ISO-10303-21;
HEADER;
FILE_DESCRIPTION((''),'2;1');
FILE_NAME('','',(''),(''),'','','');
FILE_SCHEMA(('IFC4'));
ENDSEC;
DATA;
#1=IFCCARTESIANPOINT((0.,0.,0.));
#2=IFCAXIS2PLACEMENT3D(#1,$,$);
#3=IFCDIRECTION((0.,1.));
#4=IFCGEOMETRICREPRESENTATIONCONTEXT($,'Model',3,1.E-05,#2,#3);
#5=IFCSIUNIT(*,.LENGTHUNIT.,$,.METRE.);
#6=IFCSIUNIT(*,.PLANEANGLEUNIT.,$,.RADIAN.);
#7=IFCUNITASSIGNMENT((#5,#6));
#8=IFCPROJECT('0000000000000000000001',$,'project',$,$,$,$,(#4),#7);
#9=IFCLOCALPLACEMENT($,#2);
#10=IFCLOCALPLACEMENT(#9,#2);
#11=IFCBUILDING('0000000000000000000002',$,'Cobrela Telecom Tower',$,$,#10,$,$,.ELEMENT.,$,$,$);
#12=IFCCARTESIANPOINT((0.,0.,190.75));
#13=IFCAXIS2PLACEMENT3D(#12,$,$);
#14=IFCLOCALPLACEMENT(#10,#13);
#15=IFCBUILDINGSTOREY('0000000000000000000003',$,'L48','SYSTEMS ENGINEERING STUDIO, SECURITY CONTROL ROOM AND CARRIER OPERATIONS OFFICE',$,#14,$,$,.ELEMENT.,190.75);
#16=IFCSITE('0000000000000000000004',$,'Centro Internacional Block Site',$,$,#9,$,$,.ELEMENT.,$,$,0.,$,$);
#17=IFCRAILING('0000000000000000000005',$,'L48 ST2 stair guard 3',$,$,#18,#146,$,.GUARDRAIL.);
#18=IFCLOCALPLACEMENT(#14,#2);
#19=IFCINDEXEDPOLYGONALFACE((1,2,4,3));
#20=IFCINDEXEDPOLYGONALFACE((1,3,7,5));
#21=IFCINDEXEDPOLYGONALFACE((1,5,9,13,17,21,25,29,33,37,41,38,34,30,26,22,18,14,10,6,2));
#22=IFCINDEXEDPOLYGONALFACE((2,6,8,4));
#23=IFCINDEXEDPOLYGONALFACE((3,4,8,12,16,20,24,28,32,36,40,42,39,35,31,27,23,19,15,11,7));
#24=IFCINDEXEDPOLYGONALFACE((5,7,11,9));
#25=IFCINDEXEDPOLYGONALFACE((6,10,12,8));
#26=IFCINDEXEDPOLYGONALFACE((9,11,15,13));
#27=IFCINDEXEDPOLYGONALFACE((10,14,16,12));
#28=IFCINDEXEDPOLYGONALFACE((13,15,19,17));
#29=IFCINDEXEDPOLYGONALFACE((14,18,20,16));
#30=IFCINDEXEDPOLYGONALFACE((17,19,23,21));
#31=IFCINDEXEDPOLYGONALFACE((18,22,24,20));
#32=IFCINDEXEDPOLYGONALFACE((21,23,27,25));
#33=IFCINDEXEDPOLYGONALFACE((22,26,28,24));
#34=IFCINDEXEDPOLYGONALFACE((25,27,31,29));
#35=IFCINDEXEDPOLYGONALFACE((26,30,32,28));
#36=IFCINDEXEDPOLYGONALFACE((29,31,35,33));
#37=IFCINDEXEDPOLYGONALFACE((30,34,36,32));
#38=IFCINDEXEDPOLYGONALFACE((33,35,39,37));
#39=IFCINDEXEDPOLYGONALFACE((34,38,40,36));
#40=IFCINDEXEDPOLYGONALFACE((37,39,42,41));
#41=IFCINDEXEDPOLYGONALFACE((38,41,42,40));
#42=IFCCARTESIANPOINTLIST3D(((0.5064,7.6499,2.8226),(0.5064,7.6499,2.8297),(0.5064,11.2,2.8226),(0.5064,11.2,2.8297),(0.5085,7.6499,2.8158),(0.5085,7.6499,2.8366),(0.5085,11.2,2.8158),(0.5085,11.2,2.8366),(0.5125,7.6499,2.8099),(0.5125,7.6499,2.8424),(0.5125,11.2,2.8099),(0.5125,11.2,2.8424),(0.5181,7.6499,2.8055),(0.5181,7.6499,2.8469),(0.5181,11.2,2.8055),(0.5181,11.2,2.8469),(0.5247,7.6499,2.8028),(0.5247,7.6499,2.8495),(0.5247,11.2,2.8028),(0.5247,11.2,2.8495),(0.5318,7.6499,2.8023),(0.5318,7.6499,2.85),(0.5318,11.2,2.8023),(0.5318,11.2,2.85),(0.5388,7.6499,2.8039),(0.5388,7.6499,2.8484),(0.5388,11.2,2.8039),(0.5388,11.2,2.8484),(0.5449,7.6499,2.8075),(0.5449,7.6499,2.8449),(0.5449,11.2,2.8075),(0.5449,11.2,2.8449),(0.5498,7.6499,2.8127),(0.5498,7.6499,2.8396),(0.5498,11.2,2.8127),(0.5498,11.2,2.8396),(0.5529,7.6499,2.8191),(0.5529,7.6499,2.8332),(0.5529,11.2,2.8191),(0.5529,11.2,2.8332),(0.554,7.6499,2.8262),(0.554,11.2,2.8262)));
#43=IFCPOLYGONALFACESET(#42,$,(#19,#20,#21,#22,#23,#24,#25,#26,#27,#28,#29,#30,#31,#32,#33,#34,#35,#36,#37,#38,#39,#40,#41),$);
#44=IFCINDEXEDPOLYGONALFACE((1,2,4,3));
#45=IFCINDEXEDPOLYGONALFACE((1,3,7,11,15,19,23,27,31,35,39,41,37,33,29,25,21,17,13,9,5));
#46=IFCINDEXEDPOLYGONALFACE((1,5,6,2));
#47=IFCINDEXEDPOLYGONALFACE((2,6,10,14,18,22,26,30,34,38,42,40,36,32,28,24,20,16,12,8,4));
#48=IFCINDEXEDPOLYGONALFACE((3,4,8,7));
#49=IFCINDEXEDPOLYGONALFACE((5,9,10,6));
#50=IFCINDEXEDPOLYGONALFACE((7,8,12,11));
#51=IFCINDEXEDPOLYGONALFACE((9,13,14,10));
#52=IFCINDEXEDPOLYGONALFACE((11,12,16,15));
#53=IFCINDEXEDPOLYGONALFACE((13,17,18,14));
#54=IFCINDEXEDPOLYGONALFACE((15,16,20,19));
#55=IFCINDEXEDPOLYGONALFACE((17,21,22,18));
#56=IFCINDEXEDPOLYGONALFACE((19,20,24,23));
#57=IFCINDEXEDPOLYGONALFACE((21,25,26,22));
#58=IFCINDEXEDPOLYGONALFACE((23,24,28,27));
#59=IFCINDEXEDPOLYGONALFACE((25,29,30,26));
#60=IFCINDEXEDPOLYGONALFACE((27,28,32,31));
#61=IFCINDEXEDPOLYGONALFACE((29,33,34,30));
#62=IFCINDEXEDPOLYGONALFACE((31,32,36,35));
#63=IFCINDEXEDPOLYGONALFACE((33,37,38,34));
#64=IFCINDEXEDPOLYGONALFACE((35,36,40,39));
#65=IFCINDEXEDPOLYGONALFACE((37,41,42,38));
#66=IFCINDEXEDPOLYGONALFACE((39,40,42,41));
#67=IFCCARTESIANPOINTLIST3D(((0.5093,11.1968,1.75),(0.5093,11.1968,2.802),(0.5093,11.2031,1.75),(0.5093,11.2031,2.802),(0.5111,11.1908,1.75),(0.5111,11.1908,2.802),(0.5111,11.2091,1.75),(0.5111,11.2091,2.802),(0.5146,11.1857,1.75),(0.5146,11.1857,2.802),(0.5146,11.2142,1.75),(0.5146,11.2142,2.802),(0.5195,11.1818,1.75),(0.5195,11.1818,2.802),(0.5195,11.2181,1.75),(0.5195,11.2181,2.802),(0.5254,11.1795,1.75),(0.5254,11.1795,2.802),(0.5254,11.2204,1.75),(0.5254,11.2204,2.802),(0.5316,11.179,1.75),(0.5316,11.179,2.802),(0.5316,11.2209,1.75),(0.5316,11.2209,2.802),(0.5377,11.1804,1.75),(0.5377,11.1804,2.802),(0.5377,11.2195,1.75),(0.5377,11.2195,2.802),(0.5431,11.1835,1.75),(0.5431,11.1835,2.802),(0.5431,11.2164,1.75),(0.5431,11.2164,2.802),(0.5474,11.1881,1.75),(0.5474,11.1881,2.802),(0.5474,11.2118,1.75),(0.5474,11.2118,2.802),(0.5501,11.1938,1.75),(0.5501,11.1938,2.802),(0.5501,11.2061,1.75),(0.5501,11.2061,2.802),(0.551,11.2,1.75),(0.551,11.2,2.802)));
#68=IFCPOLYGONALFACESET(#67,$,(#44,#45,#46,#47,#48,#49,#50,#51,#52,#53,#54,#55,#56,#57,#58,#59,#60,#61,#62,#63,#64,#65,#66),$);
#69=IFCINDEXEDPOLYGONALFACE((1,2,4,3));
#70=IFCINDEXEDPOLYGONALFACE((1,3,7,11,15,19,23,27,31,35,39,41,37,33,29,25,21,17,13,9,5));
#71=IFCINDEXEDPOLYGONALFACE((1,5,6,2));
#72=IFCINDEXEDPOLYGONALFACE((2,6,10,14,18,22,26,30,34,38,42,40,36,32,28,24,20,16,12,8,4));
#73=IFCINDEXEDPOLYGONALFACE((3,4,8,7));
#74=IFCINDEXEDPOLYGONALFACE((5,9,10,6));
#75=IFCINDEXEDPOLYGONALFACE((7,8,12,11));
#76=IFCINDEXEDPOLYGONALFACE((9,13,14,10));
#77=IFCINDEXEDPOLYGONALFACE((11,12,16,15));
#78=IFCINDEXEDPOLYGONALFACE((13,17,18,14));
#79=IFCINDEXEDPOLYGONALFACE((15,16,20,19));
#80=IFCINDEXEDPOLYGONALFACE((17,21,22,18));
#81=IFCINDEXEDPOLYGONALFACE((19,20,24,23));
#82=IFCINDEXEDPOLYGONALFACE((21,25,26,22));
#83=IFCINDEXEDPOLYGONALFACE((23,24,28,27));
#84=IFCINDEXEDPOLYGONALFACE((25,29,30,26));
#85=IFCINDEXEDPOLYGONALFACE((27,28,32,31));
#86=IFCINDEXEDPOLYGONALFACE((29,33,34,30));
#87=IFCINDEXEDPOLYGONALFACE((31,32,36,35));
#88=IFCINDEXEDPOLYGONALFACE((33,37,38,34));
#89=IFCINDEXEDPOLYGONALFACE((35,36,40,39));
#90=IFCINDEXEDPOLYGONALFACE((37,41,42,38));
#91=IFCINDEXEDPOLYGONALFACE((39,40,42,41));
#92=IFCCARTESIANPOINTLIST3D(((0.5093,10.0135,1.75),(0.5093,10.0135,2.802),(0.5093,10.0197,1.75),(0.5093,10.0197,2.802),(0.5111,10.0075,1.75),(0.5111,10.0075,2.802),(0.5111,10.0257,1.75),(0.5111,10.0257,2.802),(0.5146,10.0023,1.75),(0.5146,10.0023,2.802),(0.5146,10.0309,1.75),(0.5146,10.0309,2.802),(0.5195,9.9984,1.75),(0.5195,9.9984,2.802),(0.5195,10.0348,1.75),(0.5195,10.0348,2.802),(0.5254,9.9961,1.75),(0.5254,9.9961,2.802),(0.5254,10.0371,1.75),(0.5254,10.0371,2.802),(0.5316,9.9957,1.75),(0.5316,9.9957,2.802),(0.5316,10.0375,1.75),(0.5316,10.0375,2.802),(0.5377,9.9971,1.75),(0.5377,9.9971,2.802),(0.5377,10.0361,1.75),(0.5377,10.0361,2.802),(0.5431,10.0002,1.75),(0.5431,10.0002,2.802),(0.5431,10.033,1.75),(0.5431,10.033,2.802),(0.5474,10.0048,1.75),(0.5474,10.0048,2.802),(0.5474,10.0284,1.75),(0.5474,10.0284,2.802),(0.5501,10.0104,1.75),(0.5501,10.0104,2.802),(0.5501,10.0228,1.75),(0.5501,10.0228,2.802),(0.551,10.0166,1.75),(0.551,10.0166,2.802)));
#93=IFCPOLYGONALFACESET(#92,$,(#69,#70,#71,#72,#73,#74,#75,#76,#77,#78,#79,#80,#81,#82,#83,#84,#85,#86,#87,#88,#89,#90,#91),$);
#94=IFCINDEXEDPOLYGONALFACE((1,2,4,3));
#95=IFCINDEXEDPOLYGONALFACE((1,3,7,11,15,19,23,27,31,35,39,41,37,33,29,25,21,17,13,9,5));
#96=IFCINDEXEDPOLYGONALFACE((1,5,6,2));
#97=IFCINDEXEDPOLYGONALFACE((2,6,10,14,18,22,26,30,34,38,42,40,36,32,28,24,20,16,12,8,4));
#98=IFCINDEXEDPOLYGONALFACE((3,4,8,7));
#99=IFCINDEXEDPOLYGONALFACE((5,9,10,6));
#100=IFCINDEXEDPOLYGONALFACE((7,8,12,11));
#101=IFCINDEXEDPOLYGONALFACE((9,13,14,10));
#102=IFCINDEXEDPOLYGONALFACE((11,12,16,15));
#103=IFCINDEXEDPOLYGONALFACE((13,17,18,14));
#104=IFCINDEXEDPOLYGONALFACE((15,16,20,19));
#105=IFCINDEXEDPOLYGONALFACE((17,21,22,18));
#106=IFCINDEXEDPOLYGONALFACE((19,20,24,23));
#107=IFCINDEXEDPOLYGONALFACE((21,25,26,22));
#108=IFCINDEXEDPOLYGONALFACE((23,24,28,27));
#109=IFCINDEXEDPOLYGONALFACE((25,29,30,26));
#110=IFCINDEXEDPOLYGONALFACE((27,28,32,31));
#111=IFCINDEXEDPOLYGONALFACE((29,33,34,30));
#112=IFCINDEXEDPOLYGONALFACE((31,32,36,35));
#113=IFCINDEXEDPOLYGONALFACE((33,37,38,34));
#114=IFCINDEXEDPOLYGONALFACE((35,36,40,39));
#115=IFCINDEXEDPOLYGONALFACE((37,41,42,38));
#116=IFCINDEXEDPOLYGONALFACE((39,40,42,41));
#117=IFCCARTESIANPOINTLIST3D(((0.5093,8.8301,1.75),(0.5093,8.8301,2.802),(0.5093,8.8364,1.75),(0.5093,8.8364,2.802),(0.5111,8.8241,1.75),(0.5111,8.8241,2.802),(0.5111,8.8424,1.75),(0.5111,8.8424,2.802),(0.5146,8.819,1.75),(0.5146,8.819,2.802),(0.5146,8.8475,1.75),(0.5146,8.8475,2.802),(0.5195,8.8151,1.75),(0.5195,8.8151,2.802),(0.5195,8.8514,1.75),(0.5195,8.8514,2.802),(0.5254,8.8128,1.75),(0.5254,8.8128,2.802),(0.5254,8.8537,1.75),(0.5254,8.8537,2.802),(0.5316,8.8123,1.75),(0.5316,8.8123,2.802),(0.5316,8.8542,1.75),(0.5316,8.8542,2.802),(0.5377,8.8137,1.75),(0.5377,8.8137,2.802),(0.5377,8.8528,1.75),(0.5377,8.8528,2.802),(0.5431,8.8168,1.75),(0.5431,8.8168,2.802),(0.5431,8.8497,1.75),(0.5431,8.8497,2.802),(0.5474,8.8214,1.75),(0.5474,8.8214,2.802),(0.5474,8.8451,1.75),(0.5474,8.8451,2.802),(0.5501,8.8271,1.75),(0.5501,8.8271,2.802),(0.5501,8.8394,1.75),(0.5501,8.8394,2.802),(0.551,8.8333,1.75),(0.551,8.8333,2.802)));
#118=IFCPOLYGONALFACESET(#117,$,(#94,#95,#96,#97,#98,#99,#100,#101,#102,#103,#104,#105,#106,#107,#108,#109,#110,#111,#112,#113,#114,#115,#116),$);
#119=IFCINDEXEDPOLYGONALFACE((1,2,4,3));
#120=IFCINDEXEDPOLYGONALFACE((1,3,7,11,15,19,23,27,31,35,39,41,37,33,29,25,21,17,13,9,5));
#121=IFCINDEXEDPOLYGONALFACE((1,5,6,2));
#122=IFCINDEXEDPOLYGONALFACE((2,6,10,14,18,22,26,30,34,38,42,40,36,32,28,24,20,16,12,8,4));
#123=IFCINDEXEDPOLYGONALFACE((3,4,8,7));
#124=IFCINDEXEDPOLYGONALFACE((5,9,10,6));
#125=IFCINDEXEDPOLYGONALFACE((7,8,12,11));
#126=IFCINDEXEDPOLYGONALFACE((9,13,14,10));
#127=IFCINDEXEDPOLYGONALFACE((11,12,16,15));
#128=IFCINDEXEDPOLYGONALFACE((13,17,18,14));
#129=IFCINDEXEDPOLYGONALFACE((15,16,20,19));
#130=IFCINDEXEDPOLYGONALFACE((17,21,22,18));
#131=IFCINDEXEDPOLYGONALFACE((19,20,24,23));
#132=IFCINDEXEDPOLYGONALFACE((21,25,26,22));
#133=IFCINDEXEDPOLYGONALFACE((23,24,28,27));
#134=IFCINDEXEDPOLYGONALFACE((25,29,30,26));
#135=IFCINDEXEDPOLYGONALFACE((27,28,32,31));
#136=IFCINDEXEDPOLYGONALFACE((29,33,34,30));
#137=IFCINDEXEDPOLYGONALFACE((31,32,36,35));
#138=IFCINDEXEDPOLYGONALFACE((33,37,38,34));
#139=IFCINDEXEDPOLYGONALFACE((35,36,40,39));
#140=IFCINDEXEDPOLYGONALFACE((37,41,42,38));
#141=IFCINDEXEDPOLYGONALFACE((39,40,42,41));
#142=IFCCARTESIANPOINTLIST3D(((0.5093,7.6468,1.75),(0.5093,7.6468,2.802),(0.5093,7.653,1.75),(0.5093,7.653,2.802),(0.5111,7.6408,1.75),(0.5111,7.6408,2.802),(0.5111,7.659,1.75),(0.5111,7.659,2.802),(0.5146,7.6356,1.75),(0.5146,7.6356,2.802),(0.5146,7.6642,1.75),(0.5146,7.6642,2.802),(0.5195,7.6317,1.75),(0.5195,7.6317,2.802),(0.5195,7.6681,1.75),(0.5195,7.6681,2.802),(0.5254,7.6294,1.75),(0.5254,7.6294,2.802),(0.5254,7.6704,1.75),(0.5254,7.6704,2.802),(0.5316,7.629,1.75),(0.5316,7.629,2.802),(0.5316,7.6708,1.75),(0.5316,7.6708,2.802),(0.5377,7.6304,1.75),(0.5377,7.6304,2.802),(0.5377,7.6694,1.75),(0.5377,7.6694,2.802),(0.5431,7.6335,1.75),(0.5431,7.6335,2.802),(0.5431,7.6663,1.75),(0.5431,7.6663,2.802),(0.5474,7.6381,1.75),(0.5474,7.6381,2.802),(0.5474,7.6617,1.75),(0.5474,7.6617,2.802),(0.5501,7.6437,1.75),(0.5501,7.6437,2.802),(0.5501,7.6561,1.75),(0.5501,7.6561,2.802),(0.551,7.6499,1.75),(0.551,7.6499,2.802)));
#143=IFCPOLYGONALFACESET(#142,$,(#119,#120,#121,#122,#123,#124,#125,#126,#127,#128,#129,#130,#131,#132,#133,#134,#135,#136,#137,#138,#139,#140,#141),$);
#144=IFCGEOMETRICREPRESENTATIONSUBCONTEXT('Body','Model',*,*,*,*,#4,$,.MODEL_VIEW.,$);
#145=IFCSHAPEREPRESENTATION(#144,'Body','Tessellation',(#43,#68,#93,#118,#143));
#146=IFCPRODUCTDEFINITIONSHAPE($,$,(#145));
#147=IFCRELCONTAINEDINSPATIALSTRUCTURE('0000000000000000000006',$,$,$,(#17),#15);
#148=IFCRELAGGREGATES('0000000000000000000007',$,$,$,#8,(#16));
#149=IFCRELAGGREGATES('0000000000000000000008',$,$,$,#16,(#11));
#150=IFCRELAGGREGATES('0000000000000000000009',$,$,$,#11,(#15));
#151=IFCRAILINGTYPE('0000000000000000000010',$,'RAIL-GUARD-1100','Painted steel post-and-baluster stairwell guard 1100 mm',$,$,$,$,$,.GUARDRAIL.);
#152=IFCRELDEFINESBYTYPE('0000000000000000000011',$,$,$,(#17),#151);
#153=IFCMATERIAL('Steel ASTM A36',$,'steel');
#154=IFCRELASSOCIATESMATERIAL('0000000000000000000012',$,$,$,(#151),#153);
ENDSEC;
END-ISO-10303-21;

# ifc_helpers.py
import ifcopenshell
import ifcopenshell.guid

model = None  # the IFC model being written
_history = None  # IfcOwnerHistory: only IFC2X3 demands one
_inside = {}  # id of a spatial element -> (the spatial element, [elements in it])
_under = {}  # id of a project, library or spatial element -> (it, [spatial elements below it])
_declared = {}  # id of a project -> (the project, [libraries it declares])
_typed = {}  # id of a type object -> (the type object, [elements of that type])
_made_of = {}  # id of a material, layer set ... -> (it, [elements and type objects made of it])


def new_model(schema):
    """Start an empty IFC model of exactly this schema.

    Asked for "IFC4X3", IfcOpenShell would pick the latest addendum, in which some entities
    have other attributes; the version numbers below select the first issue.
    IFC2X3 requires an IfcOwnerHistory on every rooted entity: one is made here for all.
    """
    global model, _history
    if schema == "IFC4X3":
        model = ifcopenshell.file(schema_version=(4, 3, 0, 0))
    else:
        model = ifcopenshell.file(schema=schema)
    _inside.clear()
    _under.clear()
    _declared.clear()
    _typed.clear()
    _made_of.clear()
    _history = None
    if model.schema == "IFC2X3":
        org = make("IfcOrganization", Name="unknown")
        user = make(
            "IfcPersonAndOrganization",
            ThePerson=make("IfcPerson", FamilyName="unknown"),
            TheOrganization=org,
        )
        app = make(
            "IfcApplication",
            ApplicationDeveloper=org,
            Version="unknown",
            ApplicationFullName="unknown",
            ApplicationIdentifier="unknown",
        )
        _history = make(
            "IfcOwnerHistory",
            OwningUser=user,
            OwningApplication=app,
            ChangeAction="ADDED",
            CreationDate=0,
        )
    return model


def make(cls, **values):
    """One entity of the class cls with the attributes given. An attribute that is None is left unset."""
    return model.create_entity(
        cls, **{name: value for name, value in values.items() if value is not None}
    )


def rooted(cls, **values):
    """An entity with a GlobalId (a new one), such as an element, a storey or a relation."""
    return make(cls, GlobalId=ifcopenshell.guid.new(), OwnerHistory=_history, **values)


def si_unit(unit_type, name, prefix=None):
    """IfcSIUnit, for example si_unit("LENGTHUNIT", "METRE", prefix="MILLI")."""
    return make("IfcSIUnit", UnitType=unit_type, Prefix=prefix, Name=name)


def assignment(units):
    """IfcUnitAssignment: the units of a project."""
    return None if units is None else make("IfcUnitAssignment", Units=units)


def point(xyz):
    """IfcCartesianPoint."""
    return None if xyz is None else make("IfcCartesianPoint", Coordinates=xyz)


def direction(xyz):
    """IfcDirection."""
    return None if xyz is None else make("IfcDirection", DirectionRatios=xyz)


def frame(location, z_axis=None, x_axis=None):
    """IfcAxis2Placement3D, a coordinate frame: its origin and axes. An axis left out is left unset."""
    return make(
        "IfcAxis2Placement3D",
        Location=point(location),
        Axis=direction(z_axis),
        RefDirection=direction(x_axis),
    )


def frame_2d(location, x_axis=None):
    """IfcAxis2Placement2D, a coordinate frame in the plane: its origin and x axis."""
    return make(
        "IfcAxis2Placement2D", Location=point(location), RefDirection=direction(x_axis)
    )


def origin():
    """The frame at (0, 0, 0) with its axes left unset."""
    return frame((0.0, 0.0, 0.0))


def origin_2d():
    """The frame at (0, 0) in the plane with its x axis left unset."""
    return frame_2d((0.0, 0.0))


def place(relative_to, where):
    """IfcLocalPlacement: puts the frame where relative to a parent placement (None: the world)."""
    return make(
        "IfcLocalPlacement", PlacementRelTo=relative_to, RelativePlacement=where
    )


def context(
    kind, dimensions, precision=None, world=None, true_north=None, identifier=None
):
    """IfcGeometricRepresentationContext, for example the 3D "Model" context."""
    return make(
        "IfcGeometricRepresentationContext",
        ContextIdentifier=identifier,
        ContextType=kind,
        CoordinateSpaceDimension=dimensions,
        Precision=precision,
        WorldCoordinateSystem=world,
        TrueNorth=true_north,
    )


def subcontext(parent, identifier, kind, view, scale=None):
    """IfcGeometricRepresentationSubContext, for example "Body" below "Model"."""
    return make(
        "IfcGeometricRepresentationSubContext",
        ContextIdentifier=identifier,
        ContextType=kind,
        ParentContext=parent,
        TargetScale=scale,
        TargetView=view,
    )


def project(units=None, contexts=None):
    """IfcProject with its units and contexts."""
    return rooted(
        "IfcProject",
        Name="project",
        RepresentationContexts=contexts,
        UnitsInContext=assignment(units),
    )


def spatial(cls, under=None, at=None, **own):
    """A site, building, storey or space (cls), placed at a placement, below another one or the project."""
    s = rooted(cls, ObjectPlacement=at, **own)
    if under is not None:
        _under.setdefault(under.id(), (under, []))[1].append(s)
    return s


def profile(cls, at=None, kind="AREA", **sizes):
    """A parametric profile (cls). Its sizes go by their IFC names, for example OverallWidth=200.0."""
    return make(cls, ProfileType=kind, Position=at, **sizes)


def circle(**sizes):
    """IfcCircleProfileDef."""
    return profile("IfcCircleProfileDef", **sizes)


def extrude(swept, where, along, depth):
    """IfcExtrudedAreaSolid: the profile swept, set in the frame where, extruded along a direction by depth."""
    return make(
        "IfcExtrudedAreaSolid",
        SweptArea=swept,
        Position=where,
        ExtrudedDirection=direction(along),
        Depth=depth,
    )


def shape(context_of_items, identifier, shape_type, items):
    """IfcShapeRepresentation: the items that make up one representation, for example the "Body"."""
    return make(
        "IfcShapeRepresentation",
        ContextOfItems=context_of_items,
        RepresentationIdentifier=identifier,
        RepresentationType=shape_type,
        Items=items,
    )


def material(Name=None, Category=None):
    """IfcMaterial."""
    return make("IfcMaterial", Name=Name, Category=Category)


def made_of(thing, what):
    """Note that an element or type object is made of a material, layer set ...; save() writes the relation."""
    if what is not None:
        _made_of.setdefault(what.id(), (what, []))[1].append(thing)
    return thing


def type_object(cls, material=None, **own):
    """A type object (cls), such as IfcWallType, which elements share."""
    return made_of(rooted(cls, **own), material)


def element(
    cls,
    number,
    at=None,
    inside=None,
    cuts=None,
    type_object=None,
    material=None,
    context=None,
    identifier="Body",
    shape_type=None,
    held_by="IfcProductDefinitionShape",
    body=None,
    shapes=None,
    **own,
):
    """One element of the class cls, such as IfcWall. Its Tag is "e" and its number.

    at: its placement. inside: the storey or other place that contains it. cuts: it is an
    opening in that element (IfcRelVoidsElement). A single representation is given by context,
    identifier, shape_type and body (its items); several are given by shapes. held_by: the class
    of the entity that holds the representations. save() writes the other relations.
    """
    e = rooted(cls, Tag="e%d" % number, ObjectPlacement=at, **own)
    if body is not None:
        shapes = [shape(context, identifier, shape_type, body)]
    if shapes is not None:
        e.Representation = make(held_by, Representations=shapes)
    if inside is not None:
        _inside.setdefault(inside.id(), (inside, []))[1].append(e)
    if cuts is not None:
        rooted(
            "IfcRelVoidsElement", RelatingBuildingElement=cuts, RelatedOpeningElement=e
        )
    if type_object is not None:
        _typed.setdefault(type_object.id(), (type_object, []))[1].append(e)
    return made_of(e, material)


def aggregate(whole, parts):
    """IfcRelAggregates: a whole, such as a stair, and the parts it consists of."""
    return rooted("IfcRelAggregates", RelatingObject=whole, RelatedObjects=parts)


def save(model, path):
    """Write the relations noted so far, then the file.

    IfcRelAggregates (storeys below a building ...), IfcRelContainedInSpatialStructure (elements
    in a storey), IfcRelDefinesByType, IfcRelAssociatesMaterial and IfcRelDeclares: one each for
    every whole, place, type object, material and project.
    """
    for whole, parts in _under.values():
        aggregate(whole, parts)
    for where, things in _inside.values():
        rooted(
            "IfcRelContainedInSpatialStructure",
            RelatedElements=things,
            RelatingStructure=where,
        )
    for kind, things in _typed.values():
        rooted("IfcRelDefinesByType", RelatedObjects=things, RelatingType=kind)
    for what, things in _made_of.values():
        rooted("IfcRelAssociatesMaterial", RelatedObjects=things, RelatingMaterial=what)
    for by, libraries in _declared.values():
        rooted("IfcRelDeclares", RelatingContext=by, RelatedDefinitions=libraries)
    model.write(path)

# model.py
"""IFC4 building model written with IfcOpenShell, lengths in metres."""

from ifc_helpers import new_model, si_unit, direction, frame, origin, origin_2d, place, context, subcontext, project, spatial, circle, extrude, material, type_object, element, save


model = new_model("IFC4")

# Units and contexts
model_context = context("Model", 3, precision=1e-05, world=origin(), true_north=direction((0.0, 1.0)))
body_context = subcontext(model_context, "Body", "Model", "MODEL_VIEW")
ifc_project = project(units=[si_unit("LENGTHUNIT", "METRE"), si_unit("PLANEANGLEUNIT", "RADIAN")], contexts=[model_context])

# Site, building, storey
site_placement = place(None, origin())
site = spatial("IfcSite", under=ifc_project, at=site_placement, Name="Centro Internacional Block Site", CompositionType="ELEMENT", RefElevation=0.0)
building_placement = place(site_placement, origin())
building = spatial("IfcBuilding", under=site, at=building_placement, Name="Cobrela Telecom Tower", CompositionType="ELEMENT")
storey_placement = place(building_placement, frame((0.0, 0.0, 190.75)))
storey = spatial("IfcBuildingStorey", under=building, at=storey_placement, Name="L48", Description="SYSTEMS ENGINEERING STUDIO, SECURITY CONTROL ROOM AND CARRIER OPERATIONS OFFICE", CompositionType="ELEMENT", Elevation=190.75)

# Shared definitions
ifc_material_1 = material(Name="Steel ASTM A36", Category="steel")

# Railing
railing_type = type_object("IfcRailingType", Name="RAIL-GUARD-1100", Description="Painted steel post-and-baluster stairwell guard 1100 mm", PredefinedType="GUARDRAIL", material=ifc_material_1)
railing_1_placement = place(storey_placement, frame((0.53, 11.2, 1.75)))
element("IfcRailing", 1, at=railing_1_placement, inside=storey, type_object=railing_type, Name="L48 ST2 stair guard 3", PredefinedType="GUARDRAIL", context=body_context, shape_type="SweptSolid", body=[
    extrude(circle(Radius=0.0239, at=origin_2d()), frame((0.0, 0.0, 1.0762), z_axis=(0.0, -1.0, 0.0), x_axis=(1.0, 0.0, 0.0)), (0.0, 0.0, 1.0), 3.55),
    extrude(circle(Radius=0.021, at=origin_2d()), origin(), (0.0, 0.0, 1.0), 1.052),
    extrude(circle(Radius=0.021, at=origin_2d()), frame((0.0, -1.1833, 0.0)), (0.0, 0.0, 1.0), 1.052),
    extrude(circle(Radius=0.021, at=origin_2d()), frame((0.0, -2.3667, 0.0)), (0.0, 0.0, 1.0), 1.052),
    extrude(circle(Radius=0.021, at=origin_2d()), frame((0.0, -3.55, 0.0)), (0.0, 0.0, 1.0), 1.052),
])

save(model, "model.ifc")
